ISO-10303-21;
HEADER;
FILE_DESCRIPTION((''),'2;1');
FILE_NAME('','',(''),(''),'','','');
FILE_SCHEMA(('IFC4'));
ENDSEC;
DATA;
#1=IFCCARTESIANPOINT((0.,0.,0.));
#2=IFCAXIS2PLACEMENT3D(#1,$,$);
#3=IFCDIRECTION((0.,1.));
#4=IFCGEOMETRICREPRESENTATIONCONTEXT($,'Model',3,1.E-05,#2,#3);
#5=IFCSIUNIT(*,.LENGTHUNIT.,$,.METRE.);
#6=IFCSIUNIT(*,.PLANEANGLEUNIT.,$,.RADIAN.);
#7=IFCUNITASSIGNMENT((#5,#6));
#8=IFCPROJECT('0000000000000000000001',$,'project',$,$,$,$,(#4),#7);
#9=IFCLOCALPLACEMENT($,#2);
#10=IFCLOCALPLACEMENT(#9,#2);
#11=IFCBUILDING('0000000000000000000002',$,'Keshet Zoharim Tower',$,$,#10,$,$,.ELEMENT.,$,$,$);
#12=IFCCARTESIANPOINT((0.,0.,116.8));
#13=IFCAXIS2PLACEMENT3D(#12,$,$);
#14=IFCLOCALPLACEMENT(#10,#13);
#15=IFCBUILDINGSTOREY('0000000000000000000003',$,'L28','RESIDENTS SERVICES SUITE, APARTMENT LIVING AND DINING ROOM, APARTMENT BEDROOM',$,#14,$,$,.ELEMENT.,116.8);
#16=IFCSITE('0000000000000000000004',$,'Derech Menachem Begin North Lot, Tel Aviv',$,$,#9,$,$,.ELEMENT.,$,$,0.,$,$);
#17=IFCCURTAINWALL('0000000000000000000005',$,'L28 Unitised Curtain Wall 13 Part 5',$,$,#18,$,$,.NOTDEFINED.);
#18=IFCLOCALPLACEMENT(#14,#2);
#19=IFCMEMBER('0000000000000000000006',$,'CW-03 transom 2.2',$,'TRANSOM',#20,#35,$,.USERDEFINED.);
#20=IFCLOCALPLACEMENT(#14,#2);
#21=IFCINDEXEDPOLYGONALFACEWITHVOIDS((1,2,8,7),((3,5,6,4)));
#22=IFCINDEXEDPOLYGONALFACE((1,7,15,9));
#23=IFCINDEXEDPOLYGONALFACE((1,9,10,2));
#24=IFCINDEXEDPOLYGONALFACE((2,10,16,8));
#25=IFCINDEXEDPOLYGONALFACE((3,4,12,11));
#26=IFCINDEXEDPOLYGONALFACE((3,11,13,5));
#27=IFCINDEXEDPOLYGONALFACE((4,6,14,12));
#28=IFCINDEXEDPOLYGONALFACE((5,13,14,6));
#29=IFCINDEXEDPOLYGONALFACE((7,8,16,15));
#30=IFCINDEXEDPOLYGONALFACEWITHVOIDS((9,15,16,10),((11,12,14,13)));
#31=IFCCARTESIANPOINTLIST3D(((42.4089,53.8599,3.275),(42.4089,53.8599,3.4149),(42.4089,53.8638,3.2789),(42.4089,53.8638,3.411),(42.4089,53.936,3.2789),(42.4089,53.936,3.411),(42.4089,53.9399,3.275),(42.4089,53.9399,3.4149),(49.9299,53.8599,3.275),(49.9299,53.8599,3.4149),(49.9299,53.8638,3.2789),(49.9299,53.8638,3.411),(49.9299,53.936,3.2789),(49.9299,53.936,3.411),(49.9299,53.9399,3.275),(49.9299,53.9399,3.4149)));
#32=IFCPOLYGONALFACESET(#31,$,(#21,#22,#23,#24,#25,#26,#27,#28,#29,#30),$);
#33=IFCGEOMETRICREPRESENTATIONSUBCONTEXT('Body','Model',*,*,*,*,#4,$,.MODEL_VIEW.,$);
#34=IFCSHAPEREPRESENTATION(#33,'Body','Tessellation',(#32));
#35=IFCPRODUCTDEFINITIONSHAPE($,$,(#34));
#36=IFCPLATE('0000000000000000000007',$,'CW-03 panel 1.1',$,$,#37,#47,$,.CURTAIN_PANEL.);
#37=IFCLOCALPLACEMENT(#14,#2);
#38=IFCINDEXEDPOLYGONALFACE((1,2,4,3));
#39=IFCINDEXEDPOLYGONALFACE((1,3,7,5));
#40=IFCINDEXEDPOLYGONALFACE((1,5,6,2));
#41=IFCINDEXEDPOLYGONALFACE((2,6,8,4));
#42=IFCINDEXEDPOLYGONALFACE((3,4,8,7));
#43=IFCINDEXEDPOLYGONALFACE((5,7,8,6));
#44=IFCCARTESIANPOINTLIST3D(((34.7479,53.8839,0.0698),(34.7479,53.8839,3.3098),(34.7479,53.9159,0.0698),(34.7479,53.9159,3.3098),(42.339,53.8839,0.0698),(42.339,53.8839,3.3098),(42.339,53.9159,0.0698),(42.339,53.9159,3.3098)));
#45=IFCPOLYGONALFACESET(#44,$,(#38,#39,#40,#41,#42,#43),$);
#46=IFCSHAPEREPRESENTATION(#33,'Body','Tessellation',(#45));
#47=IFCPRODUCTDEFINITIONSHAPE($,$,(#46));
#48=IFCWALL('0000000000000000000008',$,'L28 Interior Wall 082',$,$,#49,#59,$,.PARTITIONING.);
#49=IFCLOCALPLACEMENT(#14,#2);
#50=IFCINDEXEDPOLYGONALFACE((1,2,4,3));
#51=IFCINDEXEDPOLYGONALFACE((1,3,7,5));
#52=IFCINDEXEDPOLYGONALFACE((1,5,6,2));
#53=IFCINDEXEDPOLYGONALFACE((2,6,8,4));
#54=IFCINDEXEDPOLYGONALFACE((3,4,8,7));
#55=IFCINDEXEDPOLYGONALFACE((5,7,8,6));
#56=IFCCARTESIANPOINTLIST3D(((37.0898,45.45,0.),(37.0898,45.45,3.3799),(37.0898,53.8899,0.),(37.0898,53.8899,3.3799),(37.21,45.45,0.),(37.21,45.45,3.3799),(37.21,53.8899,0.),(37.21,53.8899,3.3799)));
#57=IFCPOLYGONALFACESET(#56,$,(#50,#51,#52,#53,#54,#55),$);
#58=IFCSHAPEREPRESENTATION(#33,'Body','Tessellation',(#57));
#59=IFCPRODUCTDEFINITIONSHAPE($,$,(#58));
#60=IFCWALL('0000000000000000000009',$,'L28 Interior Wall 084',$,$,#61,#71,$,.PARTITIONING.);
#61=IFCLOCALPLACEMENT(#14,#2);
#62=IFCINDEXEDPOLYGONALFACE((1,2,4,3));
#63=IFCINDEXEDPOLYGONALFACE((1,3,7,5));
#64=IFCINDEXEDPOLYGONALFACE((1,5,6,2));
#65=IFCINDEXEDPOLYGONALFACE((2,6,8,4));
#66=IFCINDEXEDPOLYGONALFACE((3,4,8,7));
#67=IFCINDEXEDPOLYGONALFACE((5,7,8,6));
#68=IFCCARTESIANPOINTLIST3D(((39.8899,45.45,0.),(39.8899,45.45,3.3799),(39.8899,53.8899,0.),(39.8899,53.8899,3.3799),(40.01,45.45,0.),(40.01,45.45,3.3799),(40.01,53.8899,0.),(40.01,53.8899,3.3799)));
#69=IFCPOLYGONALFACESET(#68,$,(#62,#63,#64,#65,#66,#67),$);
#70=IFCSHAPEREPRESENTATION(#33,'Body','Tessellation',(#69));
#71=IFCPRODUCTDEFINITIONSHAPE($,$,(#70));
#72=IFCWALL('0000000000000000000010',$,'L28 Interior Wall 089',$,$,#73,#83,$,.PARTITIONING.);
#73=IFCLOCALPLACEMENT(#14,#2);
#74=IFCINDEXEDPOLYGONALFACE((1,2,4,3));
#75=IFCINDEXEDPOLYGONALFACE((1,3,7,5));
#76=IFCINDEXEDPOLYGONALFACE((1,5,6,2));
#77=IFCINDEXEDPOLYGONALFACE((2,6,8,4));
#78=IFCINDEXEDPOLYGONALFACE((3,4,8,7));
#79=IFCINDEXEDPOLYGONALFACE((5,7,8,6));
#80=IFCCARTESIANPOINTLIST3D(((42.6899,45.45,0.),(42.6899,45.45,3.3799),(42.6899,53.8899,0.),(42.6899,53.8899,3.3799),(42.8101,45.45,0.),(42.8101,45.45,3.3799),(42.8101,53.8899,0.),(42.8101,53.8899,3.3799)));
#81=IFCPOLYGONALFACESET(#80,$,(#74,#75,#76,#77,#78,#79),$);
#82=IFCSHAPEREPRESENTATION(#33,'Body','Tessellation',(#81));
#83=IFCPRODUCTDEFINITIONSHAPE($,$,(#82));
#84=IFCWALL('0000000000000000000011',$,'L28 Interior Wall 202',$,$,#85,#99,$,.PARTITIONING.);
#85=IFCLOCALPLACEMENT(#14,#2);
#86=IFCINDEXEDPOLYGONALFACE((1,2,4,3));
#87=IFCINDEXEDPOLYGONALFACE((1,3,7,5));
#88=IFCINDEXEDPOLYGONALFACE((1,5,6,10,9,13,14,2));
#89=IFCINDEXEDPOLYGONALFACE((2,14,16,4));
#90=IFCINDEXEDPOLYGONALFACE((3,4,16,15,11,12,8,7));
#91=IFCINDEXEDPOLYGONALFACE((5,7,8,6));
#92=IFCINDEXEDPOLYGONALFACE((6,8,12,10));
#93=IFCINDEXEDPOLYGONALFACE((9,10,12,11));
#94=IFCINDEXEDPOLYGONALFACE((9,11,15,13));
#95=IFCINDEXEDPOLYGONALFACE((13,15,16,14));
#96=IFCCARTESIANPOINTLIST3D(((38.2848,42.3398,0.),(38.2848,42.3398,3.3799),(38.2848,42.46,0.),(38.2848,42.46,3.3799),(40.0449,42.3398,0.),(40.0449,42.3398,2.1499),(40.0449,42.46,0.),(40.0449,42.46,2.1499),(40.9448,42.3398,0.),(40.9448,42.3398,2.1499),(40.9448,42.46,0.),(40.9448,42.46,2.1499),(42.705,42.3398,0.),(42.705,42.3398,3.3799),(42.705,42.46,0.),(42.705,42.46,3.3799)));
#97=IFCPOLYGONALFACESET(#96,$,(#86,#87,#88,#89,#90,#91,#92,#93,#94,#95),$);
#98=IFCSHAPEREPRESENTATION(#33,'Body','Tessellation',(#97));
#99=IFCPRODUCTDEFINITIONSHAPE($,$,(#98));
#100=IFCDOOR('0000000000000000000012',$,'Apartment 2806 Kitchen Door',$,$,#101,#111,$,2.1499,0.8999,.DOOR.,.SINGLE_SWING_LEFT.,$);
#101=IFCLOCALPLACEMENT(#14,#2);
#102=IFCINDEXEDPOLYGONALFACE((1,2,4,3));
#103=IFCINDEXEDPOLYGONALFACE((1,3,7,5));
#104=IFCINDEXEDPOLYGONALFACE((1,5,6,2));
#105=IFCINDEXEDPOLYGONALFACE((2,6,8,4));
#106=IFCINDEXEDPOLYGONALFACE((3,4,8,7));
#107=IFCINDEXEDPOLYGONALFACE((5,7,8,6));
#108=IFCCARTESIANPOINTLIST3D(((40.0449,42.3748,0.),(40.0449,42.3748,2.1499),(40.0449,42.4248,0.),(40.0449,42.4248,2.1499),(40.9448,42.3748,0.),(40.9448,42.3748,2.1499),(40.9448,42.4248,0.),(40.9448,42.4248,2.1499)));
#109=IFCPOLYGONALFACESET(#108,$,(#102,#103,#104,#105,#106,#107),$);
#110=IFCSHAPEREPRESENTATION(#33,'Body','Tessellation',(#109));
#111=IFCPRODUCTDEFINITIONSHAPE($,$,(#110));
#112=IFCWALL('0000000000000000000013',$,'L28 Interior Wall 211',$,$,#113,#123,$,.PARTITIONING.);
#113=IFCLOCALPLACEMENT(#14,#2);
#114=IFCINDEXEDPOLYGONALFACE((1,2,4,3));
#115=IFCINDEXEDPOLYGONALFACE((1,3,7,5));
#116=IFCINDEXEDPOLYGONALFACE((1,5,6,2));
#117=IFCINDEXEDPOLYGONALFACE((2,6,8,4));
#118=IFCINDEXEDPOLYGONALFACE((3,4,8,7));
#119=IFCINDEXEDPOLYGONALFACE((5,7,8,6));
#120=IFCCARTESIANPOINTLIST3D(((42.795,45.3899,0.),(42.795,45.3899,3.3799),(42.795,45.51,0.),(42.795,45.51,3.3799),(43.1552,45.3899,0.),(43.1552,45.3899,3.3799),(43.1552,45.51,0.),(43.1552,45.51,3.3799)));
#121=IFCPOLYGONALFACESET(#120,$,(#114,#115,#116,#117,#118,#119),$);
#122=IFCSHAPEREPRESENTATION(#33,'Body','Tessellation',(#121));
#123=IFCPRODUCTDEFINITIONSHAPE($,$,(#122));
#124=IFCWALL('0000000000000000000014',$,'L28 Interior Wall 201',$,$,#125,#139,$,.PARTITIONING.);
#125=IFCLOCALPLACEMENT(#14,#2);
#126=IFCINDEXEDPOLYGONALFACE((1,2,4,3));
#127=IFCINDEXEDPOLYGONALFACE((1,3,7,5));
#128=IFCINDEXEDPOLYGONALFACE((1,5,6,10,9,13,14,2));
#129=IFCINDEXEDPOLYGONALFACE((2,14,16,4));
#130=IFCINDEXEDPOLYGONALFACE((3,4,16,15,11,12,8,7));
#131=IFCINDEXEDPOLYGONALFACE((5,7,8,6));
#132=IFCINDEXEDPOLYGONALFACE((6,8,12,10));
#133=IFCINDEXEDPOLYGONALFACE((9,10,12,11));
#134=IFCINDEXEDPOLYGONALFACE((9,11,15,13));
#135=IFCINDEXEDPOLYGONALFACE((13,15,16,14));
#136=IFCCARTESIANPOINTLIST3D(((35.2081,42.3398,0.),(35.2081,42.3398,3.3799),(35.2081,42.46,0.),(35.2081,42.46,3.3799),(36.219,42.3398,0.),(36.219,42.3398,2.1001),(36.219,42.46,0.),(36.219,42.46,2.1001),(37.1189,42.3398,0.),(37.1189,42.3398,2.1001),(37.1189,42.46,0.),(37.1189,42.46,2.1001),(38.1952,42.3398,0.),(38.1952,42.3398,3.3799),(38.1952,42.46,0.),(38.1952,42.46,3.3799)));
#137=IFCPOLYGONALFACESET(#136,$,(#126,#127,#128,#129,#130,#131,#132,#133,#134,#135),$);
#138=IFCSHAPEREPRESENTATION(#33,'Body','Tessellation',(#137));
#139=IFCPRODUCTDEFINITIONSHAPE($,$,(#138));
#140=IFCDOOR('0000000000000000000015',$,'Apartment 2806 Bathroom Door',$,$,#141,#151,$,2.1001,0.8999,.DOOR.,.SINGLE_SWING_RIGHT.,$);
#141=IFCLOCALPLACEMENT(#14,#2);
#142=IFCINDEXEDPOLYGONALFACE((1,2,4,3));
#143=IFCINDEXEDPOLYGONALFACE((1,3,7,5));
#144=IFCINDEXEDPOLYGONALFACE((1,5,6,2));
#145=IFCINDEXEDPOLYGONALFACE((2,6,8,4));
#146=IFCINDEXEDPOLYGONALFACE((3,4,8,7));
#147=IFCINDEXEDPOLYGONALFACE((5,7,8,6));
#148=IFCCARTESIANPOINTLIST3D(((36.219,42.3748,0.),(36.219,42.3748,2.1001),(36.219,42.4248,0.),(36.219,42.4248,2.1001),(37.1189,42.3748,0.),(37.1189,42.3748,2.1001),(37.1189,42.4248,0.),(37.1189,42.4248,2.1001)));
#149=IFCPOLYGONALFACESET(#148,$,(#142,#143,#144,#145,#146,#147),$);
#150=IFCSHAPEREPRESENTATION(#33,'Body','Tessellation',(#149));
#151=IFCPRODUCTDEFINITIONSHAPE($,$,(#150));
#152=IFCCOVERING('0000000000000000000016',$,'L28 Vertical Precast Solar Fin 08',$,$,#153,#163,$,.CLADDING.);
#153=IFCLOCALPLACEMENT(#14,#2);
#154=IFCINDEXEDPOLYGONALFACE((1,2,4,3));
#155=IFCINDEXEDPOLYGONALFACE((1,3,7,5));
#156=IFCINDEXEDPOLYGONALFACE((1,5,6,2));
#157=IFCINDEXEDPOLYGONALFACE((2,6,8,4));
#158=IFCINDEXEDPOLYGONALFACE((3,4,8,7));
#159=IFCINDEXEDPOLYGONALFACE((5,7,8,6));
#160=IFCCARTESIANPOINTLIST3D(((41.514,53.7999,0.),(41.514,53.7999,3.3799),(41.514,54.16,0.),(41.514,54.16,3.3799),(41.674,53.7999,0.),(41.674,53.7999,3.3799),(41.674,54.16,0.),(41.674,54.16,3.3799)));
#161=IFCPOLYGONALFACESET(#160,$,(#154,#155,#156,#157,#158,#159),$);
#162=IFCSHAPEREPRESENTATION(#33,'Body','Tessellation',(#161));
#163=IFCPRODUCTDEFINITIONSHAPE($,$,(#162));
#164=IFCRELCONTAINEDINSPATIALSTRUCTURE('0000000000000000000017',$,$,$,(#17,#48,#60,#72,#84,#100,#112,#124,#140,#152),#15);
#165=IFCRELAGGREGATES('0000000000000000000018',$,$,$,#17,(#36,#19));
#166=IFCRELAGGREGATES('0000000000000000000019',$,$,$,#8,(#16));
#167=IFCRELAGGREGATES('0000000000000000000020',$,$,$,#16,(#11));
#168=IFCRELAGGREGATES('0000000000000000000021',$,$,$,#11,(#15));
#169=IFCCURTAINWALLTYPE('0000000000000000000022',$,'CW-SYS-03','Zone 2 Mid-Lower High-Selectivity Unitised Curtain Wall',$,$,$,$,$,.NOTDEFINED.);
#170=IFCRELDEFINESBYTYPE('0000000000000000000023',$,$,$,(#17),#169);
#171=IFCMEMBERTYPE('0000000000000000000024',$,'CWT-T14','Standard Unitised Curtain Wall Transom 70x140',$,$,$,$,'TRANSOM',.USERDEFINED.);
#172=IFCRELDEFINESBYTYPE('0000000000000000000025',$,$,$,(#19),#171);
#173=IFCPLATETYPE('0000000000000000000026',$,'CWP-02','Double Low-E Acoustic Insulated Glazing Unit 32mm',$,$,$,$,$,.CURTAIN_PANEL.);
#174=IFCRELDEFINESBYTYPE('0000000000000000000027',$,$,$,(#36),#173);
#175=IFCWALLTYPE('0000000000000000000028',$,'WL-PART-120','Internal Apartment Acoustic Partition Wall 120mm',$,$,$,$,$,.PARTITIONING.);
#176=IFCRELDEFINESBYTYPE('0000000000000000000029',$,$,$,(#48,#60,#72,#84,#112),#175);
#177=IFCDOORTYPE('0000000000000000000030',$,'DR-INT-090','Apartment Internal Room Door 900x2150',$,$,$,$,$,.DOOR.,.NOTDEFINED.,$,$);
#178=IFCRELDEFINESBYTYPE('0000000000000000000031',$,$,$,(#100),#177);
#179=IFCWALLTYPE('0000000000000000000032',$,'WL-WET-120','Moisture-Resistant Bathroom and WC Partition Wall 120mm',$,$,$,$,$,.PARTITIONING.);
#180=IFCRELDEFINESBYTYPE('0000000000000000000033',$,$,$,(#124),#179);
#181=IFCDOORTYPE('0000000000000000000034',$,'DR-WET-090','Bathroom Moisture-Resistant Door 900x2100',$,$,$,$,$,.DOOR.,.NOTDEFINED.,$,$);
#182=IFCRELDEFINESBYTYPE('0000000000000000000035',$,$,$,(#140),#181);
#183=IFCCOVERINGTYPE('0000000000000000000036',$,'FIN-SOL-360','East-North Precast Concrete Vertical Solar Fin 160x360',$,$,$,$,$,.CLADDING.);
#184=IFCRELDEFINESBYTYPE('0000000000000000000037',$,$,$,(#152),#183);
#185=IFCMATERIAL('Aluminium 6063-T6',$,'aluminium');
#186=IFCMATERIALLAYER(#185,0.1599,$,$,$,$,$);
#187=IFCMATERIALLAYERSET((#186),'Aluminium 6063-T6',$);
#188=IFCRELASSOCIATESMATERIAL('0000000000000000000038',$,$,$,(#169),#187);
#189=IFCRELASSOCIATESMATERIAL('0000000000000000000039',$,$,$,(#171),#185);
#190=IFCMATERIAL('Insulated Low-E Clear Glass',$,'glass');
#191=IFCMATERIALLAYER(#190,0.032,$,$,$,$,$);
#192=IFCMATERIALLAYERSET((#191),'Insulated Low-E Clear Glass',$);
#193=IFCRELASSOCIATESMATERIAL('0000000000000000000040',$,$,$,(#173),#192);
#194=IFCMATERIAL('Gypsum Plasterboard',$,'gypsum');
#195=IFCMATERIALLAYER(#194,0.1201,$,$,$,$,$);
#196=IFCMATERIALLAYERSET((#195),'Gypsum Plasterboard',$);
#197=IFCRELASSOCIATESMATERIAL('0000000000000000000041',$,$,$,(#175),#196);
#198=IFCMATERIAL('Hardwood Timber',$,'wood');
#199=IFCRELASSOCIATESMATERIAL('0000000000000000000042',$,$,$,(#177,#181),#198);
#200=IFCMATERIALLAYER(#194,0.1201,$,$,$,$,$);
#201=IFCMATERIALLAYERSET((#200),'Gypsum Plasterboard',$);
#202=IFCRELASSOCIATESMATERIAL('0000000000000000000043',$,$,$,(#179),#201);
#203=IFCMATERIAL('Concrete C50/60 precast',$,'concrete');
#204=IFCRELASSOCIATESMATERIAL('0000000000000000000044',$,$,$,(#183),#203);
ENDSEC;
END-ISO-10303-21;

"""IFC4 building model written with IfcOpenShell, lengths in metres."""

from ifc_helpers import new_model, si_unit, direction, frame, frame_2d, origin, origin_2d, place, context, subcontext, project, spatial, rectangle, hollow_rectangle, extrude, material, layer, layer_set, material_profile, profile_set, type_object, element, fill, aggregate, save


model = new_model("IFC4")

# Units and contexts
model_context = context("Model", 3, precision=1e-05, world=origin(), true_north=direction((0.0, 1.0)))
body_context = subcontext(model_context, "Body", "Model", "MODEL_VIEW")
ifc_project = project(units=[si_unit("LENGTHUNIT", "METRE"), si_unit("PLANEANGLEUNIT", "RADIAN")], contexts=[model_context])

# Site, building, storey
site_placement = place(None, origin())
site = spatial("IfcSite", under=ifc_project, at=site_placement, Name="Derech Menachem Begin North Lot, Tel Aviv", CompositionType="ELEMENT", RefElevation=0.0)
building_placement = place(site_placement, origin())
building = spatial("IfcBuilding", under=site, at=building_placement, Name="Keshet Zoharim Tower", CompositionType="ELEMENT")
storey_placement = place(building_placement, frame((0.0, 0.0, 116.8)))
storey = spatial("IfcBuildingStorey", under=building, at=storey_placement, Name="L28", Description="RESIDENTS SERVICES SUITE, APARTMENT LIVING AND DINING ROOM, APARTMENT BEDROOM", CompositionType="ELEMENT", Elevation=116.8)

# Shared definitions
ifc_material_1 = material(Name="Aluminium 6063-T6", Category="aluminium")
ifc_layer_1 = layer(ifc_material_1, 0.1599)
ifc_layer_set_1 = layer_set([ifc_layer_1], Name="Aluminium 6063-T6")
curtain_wall_type = type_object("IfcCurtainWallType", Name="CW-SYS-03", Description="Zone 2 Mid-Lower High-Selectivity Unitised Curtain Wall", PredefinedType="NOTDEFINED", material=ifc_layer_set_1)

# Curtain wall, member, plate
curtain_wall_1_placement = place(storey_placement, origin())
curtain_wall_1 = element("IfcCurtainWall", 1, at=curtain_wall_1_placement, inside=storey, type_object=curtain_wall_type, Name="L28 Unitised Curtain Wall 13 Part 5", PredefinedType="NOTDEFINED")
ifc_material_profile_1 = material_profile(ifc_material_1, hollow_rectangle(XDim=0.0801, YDim=0.1399, WallThickness=0.0039, at=origin_2d()), Name="TRN-80x140")
ifc_profile_set_1 = profile_set([ifc_material_profile_1], Name="Aluminium 6063-T6")
member_type_1 = type_object("IfcMemberType", Name="CWT-T14", Description="Standard Unitised Curtain Wall Transom 70x140", ElementType="TRANSOM", PredefinedType="USERDEFINED", material=ifc_profile_set_1)
member_1_placement = place(storey_placement, frame((42.4089, 53.8999, 3.345), z_axis=(1.0, 0.0, 0.0), x_axis=(0.0, 1.0, 0.0)))
member_1 = element("IfcMember", 2, at=member_1_placement, type_object=member_type_1, Name="CW-03 transom 2.2", ObjectType="TRANSOM", PredefinedType="USERDEFINED", context=body_context, shape_type="SweptSolid", body=[
    extrude(hollow_rectangle(XDim=0.0801, YDim=0.1399, WallThickness=0.0039, at=origin_2d()), origin(), (0.0, 0.0, 1.0), 7.521),
])
ifc_material_2 = material(Name="Insulated Low-E Clear Glass", Category="glass")
ifc_layer_2 = layer(ifc_material_2, 0.032)
ifc_layer_set_2 = layer_set([ifc_layer_2], Name="Insulated Low-E Clear Glass")
plate_type = type_object("IfcPlateType", Name="CWP-02", Description="Double Low-E Acoustic Insulated Glazing Unit 32mm", PredefinedType="CURTAIN_PANEL", material=ifc_layer_set_2)
plate_placement = place(storey_placement, frame((38.5435, 53.8999, 0.0698), z_axis=(0.0, 0.0, 1.0), x_axis=(1.0, 0.0, 0.0)))
plate = element("IfcPlate", 3, at=plate_placement, type_object=plate_type, Name="CW-03 panel 1.1", PredefinedType="CURTAIN_PANEL", context=body_context, shape_type="SweptSolid", body=[
    extrude(rectangle(XDim=7.5911, YDim=0.032, at=origin_2d()), origin(), (0.0, 0.0, 1.0), 3.24),
])
aggregate(curtain_wall_1, [plate, member_1])

# Walls
ifc_material_3 = material(Name="Gypsum Plasterboard", Category="gypsum")
ifc_layer_3 = layer(ifc_material_3, 0.1201)
ifc_layer_set_3 = layer_set([ifc_layer_3], Name="Gypsum Plasterboard")
wall_type_1 = type_object("IfcWallType", Name="WL-PART-120", Description="Internal Apartment Acoustic Partition Wall 120mm", PredefinedType="PARTITIONING", material=ifc_layer_set_3)
for number, where, z_axis, x_axis, name in (
    (4, (37.1499, 45.45, 0.0), (0.0, 0.0, 1.0), (0.0, 1.0, 0.0), "L28 Interior Wall 082"),
    (5, (39.95, 45.45, 0.0), (0.0, 0.0, 1.0), (0.0, 1.0, 0.0), "L28 Interior Wall 084"),
    (6, (42.75, 45.45, 0.0), (0.0, 0.0, 1.0), (0.0, 1.0, 0.0), "L28 Interior Wall 089"),
):
    element("IfcWall", number, at=place(storey_placement, frame(where, z_axis=z_axis, x_axis=x_axis)), inside=storey, type_object=wall_type_1, Name=name, PredefinedType="PARTITIONING", context=body_context, shape_type="SweptSolid", body=[
        extrude(rectangle(XDim=8.4399, YDim=0.1201, at=frame_2d((4.22, 0.0))), origin(), (0.0, 0.0, 1.0), 3.3799),
    ])

# Wall, opening, door
wall_1_placement = place(storey_placement, frame((38.2849, 42.3999, 0.0), z_axis=(0.0, 0.0, 1.0), x_axis=(1.0, 0.0, 0.0)))
wall_1 = element("IfcWall", 7, at=wall_1_placement, inside=storey, type_object=wall_type_1, Name="L28 Interior Wall 202", PredefinedType="PARTITIONING", context=body_context, shape_type="SweptSolid", body=[
    extrude(rectangle(XDim=4.4202, YDim=0.1201, at=frame_2d((2.21, 0.0))), origin(), (0.0, 0.0, 1.0), 3.3799),
])
opening_1_placement = place(wall_1_placement, frame((1.76, 0.0, 0.0)))
opening_1 = element("IfcOpeningElement", 8, at=opening_1_placement, cuts=wall_1, PredefinedType="OPENING", context=body_context, shape_type="SweptSolid", body=[
    extrude(rectangle(XDim=0.8999, YDim=2.1499, at=frame_2d((0.45, 1.075))), frame((0.0, 0.0701, 0.0), z_axis=(0.0, -1.0, 0.0), x_axis=(1.0, 0.0, 0.0)), (0.0, 0.0, 1.0), 0.1401),
])
ifc_material_4 = material(Name="Hardwood Timber", Category="wood")
door_type_1 = type_object("IfcDoorType", Name="DR-INT-090", Description="Apartment Internal Room Door 900x2150", OperationType="NOTDEFINED", PredefinedType="DOOR", material=ifc_material_4)
door_1_placement = place(opening_1_placement, origin())
door_1 = element("IfcDoor", 9, at=door_1_placement, inside=storey, type_object=door_type_1, Name="Apartment 2806 Kitchen Door", OperationType="SINGLE_SWING_LEFT", OverallHeight=2.1499, OverallWidth=0.8999, PredefinedType="DOOR", context=body_context, shape_type="SweptSolid", body=[
    extrude(rectangle(XDim=0.8999, YDim=2.1499, at=frame_2d((0.45, 1.075))), frame((0.0, 0.0249, 0.0), z_axis=(0.0, -1.0, 0.0), x_axis=(1.0, 0.0, 0.0)), (0.0, 0.0, 1.0), 0.05),
])
fill(opening_1, door_1)

# Wall
wall_2_placement = place(storey_placement, frame((42.7949, 45.45, 0.0), z_axis=(0.0, 0.0, 1.0), x_axis=(1.0, 0.0, 0.0)))
element("IfcWall", 10, at=wall_2_placement, inside=storey, type_object=wall_type_1, Name="L28 Interior Wall 211", PredefinedType="PARTITIONING", context=body_context, shape_type="SweptSolid", body=[
    extrude(rectangle(XDim=0.3601, YDim=0.1201, at=frame_2d((0.1802, 0.0))), origin(), (0.0, 0.0, 1.0), 3.3799),
])

# Wall, opening, door
ifc_layer_4 = layer(ifc_material_3, 0.1201)
ifc_layer_set_4 = layer_set([ifc_layer_4], Name="Gypsum Plasterboard")
wall_type_2 = type_object("IfcWallType", Name="WL-WET-120", Description="Moisture-Resistant Bathroom and WC Partition Wall 120mm", PredefinedType="PARTITIONING", material=ifc_layer_set_4)
wall_3_placement = place(storey_placement, frame((35.208, 42.3999, 0.0), z_axis=(0.0, 0.0, 1.0), x_axis=(1.0, 0.0, 0.0)))
wall_3 = element("IfcWall", 11, at=wall_3_placement, inside=storey, type_object=wall_type_2, Name="L28 Interior Wall 201", PredefinedType="PARTITIONING", context=body_context, shape_type="SweptSolid", body=[
    extrude(rectangle(XDim=2.9871, YDim=0.1201, at=frame_2d((1.4937, 0.0))), origin(), (0.0, 0.0, 1.0), 3.3799),
])
opening_2_placement = place(wall_3_placement, frame((1.011, 0.0, 0.0)))
opening_2 = element("IfcOpeningElement", 12, at=opening_2_placement, cuts=wall_3, PredefinedType="OPENING", context=body_context, shape_type="SweptSolid", body=[
    extrude(rectangle(XDim=0.8999, YDim=2.1001, at=frame_2d((0.45, 1.05))), frame((0.0, 0.0701, 0.0), z_axis=(0.0, -1.0, 0.0), x_axis=(1.0, 0.0, 0.0)), (0.0, 0.0, 1.0), 0.1401),
])
door_type_2 = type_object("IfcDoorType", Name="DR-WET-090", Description="Bathroom Moisture-Resistant Door 900x2100", OperationType="NOTDEFINED", PredefinedType="DOOR", material=ifc_material_4)
door_2_placement = place(opening_2_placement, origin())
door_2 = element("IfcDoor", 13, at=door_2_placement, inside=storey, type_object=door_type_2, Name="Apartment 2806 Bathroom Door", OperationType="SINGLE_SWING_RIGHT", OverallHeight=2.1001, OverallWidth=0.8999, PredefinedType="DOOR", context=body_context, shape_type="SweptSolid", body=[
    extrude(rectangle(XDim=0.8999, YDim=2.1001, at=frame_2d((0.45, 1.05))), frame((0.0, 0.0249, 0.0), z_axis=(0.0, -1.0, 0.0), x_axis=(1.0, 0.0, 0.0)), (0.0, 0.0, 1.0), 0.05),
])
fill(opening_2, door_2)

# Covering
ifc_material_5 = material(Name="Concrete C50/60 precast", Category="concrete")
covering_type = type_object("IfcCoveringType", Name="FIN-SOL-360", Description="East-North Precast Concrete Vertical Solar Fin 160x360", PredefinedType="CLADDING", material=ifc_material_5)
covering_placement = place(storey_placement, frame((41.594, 53.98, 0.0), z_axis=(0.0, 0.0, 1.0), x_axis=(1.0, 0.0, 0.0)))
element("IfcCovering", 14, at=covering_placement, inside=storey, type_object=covering_type, Name="L28 Vertical Precast Solar Fin 08", PredefinedType="CLADDING", context=body_context, shape_type="SweptSolid", body=[
    extrude(rectangle(XDim=0.1599, YDim=0.3601, at=origin_2d()), origin(), (0.0, 0.0, 1.0), 3.3799),
])

save(model, "model.ifc")
